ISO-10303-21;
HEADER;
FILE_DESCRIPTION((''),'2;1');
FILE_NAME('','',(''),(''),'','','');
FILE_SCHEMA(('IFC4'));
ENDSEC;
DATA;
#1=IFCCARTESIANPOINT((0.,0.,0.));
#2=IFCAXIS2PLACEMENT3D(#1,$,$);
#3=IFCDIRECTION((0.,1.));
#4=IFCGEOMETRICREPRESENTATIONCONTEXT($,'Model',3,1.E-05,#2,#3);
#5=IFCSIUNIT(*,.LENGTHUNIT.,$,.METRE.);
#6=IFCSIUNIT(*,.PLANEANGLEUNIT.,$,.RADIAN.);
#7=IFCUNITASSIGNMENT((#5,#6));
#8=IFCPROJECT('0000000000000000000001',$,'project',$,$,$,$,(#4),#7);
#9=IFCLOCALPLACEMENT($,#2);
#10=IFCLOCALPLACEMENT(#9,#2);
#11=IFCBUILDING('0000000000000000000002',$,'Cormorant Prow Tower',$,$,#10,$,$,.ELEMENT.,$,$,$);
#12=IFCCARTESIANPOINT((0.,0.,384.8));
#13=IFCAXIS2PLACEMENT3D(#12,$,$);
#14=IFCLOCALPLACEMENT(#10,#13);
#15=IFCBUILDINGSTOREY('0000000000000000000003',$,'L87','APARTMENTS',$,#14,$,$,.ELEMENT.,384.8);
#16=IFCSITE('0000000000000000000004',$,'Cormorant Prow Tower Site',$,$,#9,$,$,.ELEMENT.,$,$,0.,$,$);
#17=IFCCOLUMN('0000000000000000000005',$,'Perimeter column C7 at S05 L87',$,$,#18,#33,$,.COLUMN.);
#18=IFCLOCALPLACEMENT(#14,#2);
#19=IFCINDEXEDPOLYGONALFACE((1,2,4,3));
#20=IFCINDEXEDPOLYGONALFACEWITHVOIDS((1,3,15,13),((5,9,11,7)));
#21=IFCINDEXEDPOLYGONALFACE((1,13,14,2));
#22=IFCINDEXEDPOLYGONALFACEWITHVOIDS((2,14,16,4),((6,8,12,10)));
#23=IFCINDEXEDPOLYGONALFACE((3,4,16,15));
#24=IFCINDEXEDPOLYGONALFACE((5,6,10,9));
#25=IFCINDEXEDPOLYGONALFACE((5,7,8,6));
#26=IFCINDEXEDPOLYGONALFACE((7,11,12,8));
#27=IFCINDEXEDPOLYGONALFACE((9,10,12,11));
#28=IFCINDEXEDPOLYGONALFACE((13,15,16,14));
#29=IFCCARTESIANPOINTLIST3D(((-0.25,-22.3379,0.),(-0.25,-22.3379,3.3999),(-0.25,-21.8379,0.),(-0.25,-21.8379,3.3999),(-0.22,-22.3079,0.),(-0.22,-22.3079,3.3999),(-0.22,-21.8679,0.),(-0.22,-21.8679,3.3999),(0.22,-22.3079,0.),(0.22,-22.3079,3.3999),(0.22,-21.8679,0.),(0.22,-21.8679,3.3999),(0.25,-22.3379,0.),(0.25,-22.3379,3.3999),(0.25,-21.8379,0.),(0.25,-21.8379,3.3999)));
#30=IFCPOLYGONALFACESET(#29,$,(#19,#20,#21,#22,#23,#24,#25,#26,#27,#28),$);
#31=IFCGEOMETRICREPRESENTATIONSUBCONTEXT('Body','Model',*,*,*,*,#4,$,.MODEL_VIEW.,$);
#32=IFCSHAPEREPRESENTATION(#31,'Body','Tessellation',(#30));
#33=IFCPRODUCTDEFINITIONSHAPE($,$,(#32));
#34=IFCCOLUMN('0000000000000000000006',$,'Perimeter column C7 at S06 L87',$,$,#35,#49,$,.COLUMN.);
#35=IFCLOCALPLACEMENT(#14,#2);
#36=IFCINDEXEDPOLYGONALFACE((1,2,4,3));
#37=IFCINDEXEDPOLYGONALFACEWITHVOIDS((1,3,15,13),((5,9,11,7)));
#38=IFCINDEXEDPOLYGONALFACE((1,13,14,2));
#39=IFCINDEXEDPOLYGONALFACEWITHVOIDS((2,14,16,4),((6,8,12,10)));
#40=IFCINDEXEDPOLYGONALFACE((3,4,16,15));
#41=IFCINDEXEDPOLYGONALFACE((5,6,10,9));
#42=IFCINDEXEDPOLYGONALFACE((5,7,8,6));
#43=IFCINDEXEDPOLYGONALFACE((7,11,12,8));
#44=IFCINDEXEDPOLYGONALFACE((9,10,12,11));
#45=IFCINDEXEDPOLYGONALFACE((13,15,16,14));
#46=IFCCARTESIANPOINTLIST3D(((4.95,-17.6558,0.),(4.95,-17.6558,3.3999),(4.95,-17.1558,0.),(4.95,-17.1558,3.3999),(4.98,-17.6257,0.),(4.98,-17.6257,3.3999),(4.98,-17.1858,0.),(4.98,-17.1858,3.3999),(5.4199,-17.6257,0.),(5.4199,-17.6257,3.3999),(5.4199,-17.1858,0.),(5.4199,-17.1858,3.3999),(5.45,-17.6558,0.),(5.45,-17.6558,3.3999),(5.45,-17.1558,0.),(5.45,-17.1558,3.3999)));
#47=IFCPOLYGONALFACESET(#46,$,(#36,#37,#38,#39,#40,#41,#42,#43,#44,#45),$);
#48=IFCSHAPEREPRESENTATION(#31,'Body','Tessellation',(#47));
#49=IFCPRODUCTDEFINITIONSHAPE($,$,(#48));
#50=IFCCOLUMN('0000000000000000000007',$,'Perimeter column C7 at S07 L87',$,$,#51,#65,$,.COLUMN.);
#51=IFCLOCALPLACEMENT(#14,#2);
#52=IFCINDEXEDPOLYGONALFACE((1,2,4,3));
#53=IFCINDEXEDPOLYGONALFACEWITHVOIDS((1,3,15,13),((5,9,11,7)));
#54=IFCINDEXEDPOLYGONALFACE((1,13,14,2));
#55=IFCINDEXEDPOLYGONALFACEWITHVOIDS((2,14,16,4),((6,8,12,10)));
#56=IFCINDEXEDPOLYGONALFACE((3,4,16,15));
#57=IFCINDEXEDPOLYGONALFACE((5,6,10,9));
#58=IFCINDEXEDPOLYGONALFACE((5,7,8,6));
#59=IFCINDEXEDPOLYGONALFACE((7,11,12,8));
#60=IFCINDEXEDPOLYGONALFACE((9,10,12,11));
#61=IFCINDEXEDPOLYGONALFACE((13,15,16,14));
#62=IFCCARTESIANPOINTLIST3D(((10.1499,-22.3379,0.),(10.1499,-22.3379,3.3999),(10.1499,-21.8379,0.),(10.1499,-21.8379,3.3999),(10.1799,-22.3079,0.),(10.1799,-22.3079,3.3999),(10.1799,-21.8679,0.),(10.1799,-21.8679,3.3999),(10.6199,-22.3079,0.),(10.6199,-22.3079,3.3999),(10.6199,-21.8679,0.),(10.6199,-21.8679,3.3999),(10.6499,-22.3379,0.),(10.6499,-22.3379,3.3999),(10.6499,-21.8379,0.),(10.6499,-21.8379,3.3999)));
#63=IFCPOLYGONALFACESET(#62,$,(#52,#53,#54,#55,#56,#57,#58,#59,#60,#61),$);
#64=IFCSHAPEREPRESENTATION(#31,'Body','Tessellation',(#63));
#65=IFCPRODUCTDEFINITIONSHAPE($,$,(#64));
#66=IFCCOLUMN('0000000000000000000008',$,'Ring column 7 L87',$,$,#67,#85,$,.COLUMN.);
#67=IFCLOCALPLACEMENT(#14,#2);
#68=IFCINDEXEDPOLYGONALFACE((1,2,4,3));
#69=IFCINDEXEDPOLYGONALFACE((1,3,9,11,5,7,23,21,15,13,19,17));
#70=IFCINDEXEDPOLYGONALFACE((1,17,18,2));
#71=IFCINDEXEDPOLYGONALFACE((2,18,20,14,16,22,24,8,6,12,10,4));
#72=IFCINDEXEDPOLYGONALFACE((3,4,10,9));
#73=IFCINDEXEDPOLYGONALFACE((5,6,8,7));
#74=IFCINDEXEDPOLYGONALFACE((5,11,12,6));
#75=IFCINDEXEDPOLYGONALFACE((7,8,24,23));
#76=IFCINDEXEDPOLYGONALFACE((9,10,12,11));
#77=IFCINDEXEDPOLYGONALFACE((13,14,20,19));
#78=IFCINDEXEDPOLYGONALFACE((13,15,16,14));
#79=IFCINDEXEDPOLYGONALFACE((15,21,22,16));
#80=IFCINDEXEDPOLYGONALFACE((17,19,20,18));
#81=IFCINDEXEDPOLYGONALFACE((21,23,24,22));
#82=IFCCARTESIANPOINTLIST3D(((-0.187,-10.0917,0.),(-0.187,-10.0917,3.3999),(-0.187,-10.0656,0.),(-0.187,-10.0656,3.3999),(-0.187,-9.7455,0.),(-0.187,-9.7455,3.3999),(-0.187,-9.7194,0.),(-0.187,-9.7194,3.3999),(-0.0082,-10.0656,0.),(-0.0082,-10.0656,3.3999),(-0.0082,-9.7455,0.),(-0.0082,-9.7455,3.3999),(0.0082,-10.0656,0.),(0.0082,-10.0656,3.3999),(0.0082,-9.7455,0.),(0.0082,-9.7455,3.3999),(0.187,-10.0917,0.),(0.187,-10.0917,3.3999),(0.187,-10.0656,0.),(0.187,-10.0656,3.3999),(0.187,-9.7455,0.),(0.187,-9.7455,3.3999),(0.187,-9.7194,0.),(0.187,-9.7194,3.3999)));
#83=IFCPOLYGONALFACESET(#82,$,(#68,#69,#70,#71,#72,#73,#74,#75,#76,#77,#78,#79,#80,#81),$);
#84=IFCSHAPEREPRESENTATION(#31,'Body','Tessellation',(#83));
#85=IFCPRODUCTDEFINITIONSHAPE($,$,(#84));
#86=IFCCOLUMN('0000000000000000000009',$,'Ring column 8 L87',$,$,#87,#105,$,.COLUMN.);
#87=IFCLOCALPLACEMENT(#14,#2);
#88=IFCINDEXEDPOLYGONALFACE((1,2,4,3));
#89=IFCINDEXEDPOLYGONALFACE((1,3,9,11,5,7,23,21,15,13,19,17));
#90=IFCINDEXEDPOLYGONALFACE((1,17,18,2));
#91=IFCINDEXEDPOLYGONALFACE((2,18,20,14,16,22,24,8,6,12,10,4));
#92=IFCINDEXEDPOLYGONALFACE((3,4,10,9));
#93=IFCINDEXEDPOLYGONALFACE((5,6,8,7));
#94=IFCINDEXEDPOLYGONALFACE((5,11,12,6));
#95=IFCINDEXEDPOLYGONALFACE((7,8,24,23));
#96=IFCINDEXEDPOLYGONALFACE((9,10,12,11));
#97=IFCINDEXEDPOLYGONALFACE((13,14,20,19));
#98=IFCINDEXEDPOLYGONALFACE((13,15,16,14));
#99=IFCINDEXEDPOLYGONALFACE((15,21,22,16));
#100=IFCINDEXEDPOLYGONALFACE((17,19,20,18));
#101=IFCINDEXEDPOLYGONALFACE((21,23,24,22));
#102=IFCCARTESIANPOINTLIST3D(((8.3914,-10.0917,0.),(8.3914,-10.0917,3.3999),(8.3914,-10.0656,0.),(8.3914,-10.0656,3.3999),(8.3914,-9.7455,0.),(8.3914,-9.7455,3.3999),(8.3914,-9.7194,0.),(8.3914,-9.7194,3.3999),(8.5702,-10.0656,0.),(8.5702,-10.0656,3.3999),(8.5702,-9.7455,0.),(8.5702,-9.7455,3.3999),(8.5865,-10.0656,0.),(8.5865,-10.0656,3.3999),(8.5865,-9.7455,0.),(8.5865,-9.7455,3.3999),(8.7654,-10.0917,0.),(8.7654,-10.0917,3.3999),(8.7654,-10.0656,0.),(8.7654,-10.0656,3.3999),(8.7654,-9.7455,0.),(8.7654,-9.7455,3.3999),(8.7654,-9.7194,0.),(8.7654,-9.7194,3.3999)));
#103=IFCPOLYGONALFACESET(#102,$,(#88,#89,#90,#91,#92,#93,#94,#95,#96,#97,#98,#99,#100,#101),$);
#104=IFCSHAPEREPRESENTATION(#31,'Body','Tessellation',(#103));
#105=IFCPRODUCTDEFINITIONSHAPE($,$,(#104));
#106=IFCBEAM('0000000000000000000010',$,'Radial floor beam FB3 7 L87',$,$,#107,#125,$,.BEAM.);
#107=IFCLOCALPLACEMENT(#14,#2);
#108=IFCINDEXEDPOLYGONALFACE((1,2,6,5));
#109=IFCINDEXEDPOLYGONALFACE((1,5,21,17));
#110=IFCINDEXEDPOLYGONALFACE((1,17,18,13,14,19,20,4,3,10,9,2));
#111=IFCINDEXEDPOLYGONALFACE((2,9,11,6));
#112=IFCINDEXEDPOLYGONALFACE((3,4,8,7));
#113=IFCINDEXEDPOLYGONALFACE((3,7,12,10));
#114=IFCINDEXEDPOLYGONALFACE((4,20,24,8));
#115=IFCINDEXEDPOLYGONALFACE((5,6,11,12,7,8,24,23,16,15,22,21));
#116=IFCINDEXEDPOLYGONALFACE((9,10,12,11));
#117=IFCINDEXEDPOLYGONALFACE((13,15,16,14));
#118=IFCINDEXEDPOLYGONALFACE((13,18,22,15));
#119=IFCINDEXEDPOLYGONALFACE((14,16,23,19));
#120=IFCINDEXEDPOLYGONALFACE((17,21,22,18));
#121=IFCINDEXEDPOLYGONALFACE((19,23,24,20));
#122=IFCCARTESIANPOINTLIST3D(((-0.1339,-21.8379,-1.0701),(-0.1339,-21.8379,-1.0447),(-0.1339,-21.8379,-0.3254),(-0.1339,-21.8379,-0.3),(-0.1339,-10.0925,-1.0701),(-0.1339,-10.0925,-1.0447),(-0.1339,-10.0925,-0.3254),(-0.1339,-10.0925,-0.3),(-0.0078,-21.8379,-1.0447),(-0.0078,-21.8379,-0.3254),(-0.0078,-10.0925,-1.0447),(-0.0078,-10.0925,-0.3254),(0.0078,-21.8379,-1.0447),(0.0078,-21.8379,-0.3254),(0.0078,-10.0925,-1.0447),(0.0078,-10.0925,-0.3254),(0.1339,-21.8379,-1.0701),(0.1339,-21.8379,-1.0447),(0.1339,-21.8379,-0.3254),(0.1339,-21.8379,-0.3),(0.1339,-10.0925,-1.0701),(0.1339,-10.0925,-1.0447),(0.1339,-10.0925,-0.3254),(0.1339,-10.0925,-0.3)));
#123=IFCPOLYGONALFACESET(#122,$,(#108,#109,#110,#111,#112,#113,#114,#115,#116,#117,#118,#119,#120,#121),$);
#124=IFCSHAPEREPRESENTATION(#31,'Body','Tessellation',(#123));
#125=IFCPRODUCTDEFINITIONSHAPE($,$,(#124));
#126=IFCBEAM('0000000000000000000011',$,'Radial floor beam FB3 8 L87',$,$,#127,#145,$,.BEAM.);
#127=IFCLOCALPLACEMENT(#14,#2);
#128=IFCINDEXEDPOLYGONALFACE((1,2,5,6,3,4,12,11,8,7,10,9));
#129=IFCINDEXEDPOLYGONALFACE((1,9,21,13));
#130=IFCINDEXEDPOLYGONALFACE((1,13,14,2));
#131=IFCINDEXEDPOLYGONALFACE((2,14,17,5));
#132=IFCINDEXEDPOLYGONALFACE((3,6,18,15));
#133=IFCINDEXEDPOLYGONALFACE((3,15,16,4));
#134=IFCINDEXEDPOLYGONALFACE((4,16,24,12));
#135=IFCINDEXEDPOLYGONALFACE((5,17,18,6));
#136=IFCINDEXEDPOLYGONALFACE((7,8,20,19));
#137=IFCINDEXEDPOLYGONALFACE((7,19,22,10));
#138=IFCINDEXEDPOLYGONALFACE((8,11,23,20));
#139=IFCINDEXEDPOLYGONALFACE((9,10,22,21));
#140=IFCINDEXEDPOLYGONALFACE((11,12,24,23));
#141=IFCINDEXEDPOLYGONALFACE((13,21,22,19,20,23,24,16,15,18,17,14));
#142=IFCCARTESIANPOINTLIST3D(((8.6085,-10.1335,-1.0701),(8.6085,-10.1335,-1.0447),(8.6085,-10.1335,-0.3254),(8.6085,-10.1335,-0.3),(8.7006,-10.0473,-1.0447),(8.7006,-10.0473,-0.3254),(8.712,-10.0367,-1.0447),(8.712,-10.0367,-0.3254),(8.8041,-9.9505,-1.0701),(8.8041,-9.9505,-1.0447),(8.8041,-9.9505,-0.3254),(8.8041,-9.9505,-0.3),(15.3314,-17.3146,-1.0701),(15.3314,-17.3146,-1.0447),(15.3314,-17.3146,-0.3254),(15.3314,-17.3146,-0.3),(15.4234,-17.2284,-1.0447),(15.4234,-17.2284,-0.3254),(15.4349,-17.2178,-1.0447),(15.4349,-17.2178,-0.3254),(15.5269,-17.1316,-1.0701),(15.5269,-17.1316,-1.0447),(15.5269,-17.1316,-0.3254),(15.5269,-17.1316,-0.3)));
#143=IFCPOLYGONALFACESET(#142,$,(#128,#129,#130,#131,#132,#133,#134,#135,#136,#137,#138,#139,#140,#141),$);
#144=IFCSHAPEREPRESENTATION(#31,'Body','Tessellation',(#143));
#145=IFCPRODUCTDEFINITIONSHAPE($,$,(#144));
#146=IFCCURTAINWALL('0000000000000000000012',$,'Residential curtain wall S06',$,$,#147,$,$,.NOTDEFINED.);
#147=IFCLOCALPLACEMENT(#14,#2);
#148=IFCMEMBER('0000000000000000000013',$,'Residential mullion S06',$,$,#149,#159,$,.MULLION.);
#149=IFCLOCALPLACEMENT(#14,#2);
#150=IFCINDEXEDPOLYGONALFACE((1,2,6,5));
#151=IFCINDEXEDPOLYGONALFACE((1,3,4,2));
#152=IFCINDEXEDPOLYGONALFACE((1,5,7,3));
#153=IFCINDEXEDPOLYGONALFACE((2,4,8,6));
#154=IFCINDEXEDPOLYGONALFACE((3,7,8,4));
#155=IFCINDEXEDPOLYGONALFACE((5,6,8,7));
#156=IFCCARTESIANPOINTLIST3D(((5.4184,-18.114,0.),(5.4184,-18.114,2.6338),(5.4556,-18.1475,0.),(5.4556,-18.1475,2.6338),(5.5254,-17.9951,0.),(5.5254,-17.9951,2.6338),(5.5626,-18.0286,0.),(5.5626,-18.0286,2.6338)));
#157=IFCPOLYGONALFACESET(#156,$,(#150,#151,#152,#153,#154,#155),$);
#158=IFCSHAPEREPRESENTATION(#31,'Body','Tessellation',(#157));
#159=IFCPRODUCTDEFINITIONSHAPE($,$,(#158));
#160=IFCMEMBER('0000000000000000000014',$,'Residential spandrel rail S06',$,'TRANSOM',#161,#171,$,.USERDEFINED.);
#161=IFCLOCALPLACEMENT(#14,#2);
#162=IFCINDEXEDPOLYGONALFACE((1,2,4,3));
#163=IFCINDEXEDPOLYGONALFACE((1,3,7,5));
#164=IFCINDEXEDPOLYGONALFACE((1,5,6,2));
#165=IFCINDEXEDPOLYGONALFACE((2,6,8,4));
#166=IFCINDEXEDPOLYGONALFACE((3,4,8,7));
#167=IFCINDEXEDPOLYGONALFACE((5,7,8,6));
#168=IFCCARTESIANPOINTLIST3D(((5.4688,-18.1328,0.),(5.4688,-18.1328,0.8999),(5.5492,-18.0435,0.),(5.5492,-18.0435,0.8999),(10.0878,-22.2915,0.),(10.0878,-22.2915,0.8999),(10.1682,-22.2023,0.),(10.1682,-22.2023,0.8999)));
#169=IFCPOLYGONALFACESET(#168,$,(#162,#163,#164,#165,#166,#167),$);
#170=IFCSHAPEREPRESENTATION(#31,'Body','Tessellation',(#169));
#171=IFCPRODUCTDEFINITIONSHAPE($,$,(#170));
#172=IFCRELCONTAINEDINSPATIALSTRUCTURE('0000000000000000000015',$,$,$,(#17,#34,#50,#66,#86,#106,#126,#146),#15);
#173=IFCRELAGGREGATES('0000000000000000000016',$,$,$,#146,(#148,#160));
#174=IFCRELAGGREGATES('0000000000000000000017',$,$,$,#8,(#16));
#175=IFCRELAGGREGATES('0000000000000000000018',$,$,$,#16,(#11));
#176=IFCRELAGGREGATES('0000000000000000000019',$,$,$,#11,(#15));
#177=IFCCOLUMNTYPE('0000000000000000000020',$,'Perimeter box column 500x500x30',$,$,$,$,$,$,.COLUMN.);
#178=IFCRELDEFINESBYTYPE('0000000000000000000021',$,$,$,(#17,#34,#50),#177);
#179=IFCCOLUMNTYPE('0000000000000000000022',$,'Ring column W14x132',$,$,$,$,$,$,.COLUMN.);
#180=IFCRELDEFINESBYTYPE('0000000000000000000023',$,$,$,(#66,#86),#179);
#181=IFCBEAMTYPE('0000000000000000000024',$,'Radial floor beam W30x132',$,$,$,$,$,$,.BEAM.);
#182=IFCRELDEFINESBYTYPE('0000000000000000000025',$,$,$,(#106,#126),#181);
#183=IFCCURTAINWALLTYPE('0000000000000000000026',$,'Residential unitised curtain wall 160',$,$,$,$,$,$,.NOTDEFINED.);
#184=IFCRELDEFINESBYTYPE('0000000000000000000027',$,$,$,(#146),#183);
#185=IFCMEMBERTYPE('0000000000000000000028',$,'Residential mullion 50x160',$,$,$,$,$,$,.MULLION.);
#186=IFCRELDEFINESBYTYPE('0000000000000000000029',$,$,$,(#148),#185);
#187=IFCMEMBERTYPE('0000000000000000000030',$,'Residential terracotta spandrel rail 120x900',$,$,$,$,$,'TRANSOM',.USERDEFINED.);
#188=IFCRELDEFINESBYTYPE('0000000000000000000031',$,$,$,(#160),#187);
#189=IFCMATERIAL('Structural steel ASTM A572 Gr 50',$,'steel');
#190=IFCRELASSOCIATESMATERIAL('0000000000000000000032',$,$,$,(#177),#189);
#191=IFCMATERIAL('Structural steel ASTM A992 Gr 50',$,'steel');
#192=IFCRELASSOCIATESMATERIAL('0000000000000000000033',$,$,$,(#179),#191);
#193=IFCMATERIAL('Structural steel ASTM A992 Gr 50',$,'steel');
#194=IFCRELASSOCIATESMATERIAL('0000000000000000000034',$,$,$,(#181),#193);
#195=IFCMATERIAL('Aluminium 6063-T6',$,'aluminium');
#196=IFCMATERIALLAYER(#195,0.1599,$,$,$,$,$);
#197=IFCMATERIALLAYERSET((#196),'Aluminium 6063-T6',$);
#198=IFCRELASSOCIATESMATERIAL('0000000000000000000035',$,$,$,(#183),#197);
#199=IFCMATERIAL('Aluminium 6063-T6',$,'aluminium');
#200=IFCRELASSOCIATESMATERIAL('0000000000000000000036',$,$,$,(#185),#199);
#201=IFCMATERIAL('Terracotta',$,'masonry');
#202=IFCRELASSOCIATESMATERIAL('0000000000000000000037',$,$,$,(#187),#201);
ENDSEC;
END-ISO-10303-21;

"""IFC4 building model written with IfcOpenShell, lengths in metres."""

from ifc_helpers import new_model, si_unit, direction, frame, origin, origin_2d, place, context, subcontext, project, spatial, rectangle, hollow_rectangle, i_section, extrude, material, layer, layer_set, material_profile, profile_set, type_object, element, aggregate, save


model = new_model("IFC4")

# Units and contexts
model_context = context("Model", 3, precision=1e-05, world=origin(), true_north=direction((0.0, 1.0)))
body_context = subcontext(model_context, "Body", "Model", "MODEL_VIEW")
ifc_project = project(units=[si_unit("LENGTHUNIT", "METRE"), si_unit("PLANEANGLEUNIT", "RADIAN")], contexts=[model_context])

# Site, building, storey
site_placement = place(None, origin())
site = spatial("IfcSite", under=ifc_project, at=site_placement, Name="Cormorant Prow Tower Site", CompositionType="ELEMENT", RefElevation=0.0)
building_placement = place(site_placement, origin())
building = spatial("IfcBuilding", under=site, at=building_placement, Name="Cormorant Prow Tower", CompositionType="ELEMENT")
storey_placement = place(building_placement, frame((0.0, 0.0, 384.8)))
storey = spatial("IfcBuildingStorey", under=building, at=storey_placement, Name="L87", Description="APARTMENTS", CompositionType="ELEMENT", Elevation=384.8)

# Columns
ifc_material_1 = material(Name="Structural steel ASTM A572 Gr 50", Category="steel")
ifc_material_profile_1 = material_profile(ifc_material_1, hollow_rectangle(XDim=0.5, YDim=0.5, WallThickness=0.03, at=origin_2d()), Name="Box 500x500x30")
ifc_profile_set_1 = profile_set([ifc_material_profile_1], Name="Structural steel ASTM A572 Gr 50")
column_type_1 = type_object("IfcColumnType", Name="Perimeter box column 500x500x30", PredefinedType="COLUMN", material=ifc_profile_set_1)
for number, where, z_axis, x_axis, name in (
    (1, (0.0, -22.0879, 0.0), (0.0, 0.0, 1.0), (1.0, 0.0, 0.0), "Perimeter column C7 at S05 L87"),
    (2, (5.2, -17.4058, 0.0), (0.0, 0.0, 1.0), (1.0, 0.0, 0.0), "Perimeter column C7 at S06 L87"),
    (3, (10.3999, -22.0879, 0.0), (0.0, 0.0, 1.0), (1.0, 0.0, 0.0), "Perimeter column C7 at S07 L87"),
):
    element("IfcColumn", number, at=place(storey_placement, frame(where, z_axis=z_axis, x_axis=x_axis)), inside=storey, type_object=column_type_1, Name=name, PredefinedType="COLUMN", context=body_context, shape_type="SweptSolid", body=[
        extrude(hollow_rectangle(XDim=0.5, YDim=0.5, WallThickness=0.03, at=origin_2d()), origin(), (0.0, 0.0, 1.0), 3.3999),
    ])
ifc_material_2 = material(Name="Structural steel ASTM A992 Gr 50", Category="steel")
ifc_material_profile_2 = material_profile(ifc_material_2, i_section(OverallWidth=0.374, OverallDepth=0.3723, WebThickness=0.0164, FlangeThickness=0.0261, at=origin_2d()), Name="W14x132")
ifc_profile_set_2 = profile_set([ifc_material_profile_2], Name="Structural steel ASTM A992 Gr 50")
column_type_2 = type_object("IfcColumnType", Name="Ring column W14x132", PredefinedType="COLUMN", material=ifc_profile_set_2)
for number, where, z_axis, x_axis, name in (
    (4, (0.0, -9.9055, 0.0), (0.0, 0.0, 1.0), (1.0, 0.0, 0.0), "Ring column 7 L87"),
    (5, (8.5784, -9.9055, 0.0), (0.0, 0.0, 1.0), (1.0, 0.0, 0.0), "Ring column 8 L87"),
):
    element("IfcColumn", number, at=place(storey_placement, frame(where, z_axis=z_axis, x_axis=x_axis)), inside=storey, type_object=column_type_2, Name=name, PredefinedType="COLUMN", context=body_context, shape_type="SweptSolid", body=[
        extrude(i_section(OverallWidth=0.374, OverallDepth=0.3723, WebThickness=0.0164, FlangeThickness=0.0261, at=origin_2d()), origin(), (0.0, 0.0, 1.0), 3.3999),
    ])

# Beams
ifc_material_3 = material(Name="Structural steel ASTM A992 Gr 50", Category="steel")
ifc_material_profile_3 = material_profile(ifc_material_3, i_section(OverallWidth=0.2678, OverallDepth=0.77, WebThickness=0.0156, FlangeThickness=0.0254, at=origin_2d()), Name="W30x132")
ifc_profile_set_3 = profile_set([ifc_material_profile_3], Name="Structural steel ASTM A992 Gr 50")
beam_type_1 = type_object("IfcBeamType", Name="Radial floor beam W30x132", PredefinedType="BEAM", material=ifc_profile_set_3)
beam_1_placement = place(storey_placement, frame((0.0, -10.0925, -0.6851), z_axis=(0.0, -1.0, 0.0), x_axis=(1.0, 0.0, 0.0)))
element("IfcBeam", 6, at=beam_1_placement, inside=storey, type_object=beam_type_1, Name="Radial floor beam FB3 7 L87", PredefinedType="BEAM", context=body_context, shape_type="SweptSolid", body=[
    extrude(i_section(OverallWidth=0.2678, OverallDepth=0.77, WebThickness=0.0156, FlangeThickness=0.0254, at=origin_2d()), origin(), (0.0, 0.0, 1.0), 11.7454),
])
beam_2_placement = place(storey_placement, frame((8.7063, -10.042, -0.6851), z_axis=(0.683431, -0.730015, 0.0), x_axis=(0.730015, 0.683431, 0.0)))
element("IfcBeam", 7, at=beam_2_placement, inside=storey, type_object=beam_type_1, Name="Radial floor beam FB3 8 L87", PredefinedType="BEAM", context=body_context, shape_type="SweptSolid", body=[
    extrude(i_section(OverallWidth=0.2678, OverallDepth=0.77, WebThickness=0.0156, FlangeThickness=0.0254, at=origin_2d()), origin(), (0.0, 0.0, 1.0), 9.8369),
])

# Curtain wall, members
ifc_material_4 = material(Name="Aluminium 6063-T6", Category="aluminium")
ifc_layer_1 = layer(ifc_material_4, 0.1599)
ifc_layer_set_1 = layer_set([ifc_layer_1], Name="Aluminium 6063-T6")
curtain_wall_type = type_object("IfcCurtainWallType", Name="Residential unitised curtain wall 160", PredefinedType="NOTDEFINED", material=ifc_layer_set_1)
curtain_wall_placement = place(storey_placement, origin())
curtain_wall = element("IfcCurtainWall", 8, at=curtain_wall_placement, inside=storey, type_object=curtain_wall_type, Name="Residential curtain wall S06", PredefinedType="NOTDEFINED")
ifc_material_5 = material(Name="Aluminium 6063-T6", Category="aluminium")
ifc_material_profile_4 = material_profile(ifc_material_5, rectangle(XDim=0.1599, YDim=0.05, at=origin_2d()), Name="Residential mullion 50x160")
ifc_profile_set_4 = profile_set([ifc_material_profile_4], Name="Aluminium 6063-T6")
member_type_1 = type_object("IfcMemberType", Name="Residential mullion 50x160", PredefinedType="MULLION", material=ifc_profile_set_4)
member_1_placement = place(storey_placement, frame((5.4905, -18.0713, 0.0), z_axis=(0.0, 0.0, 1.0), x_axis=(0.669131, 0.743145, 0.0)))
member_1 = element("IfcMember", 9, at=member_1_placement, type_object=member_type_1, Name="Residential mullion S06", PredefinedType="MULLION", context=body_context, shape_type="SweptSolid", body=[
    extrude(rectangle(XDim=0.1599, YDim=0.05, at=origin_2d()), origin(), (0.0, 0.0, 1.0), 2.6338),
])
ifc_material_6 = material(Name="Terracotta", Category="masonry")
ifc_material_profile_5 = material_profile(ifc_material_6, rectangle(XDim=0.1201, YDim=0.8999, at=origin_2d()), Name="Residential terracotta spandrel rail 120x900")
ifc_profile_set_5 = profile_set([ifc_material_profile_5], Name="Terracotta")
member_type_2 = type_object("IfcMemberType", Name="Residential terracotta spandrel rail 120x900", ElementType="TRANSOM", PredefinedType="USERDEFINED", material=ifc_profile_set_5)
member_2_placement = place(storey_placement, frame((5.509, -18.0881, 0.45), z_axis=(0.743159, -0.669114, 0.0), x_axis=(0.669114, 0.743159, 0.0)))
member_2 = element("IfcMember", 10, at=member_2_placement, type_object=member_type_2, Name="Residential spandrel rail S06", ObjectType="TRANSOM", PredefinedType="USERDEFINED", context=body_context, shape_type="SweptSolid", body=[
    extrude(rectangle(XDim=0.1201, YDim=0.8999, at=origin_2d()), origin(), (0.0, 0.0, 1.0), 6.2153),
])

aggregate(curtain_wall, [member_1, member_2])

save(model, "model.ifc")
